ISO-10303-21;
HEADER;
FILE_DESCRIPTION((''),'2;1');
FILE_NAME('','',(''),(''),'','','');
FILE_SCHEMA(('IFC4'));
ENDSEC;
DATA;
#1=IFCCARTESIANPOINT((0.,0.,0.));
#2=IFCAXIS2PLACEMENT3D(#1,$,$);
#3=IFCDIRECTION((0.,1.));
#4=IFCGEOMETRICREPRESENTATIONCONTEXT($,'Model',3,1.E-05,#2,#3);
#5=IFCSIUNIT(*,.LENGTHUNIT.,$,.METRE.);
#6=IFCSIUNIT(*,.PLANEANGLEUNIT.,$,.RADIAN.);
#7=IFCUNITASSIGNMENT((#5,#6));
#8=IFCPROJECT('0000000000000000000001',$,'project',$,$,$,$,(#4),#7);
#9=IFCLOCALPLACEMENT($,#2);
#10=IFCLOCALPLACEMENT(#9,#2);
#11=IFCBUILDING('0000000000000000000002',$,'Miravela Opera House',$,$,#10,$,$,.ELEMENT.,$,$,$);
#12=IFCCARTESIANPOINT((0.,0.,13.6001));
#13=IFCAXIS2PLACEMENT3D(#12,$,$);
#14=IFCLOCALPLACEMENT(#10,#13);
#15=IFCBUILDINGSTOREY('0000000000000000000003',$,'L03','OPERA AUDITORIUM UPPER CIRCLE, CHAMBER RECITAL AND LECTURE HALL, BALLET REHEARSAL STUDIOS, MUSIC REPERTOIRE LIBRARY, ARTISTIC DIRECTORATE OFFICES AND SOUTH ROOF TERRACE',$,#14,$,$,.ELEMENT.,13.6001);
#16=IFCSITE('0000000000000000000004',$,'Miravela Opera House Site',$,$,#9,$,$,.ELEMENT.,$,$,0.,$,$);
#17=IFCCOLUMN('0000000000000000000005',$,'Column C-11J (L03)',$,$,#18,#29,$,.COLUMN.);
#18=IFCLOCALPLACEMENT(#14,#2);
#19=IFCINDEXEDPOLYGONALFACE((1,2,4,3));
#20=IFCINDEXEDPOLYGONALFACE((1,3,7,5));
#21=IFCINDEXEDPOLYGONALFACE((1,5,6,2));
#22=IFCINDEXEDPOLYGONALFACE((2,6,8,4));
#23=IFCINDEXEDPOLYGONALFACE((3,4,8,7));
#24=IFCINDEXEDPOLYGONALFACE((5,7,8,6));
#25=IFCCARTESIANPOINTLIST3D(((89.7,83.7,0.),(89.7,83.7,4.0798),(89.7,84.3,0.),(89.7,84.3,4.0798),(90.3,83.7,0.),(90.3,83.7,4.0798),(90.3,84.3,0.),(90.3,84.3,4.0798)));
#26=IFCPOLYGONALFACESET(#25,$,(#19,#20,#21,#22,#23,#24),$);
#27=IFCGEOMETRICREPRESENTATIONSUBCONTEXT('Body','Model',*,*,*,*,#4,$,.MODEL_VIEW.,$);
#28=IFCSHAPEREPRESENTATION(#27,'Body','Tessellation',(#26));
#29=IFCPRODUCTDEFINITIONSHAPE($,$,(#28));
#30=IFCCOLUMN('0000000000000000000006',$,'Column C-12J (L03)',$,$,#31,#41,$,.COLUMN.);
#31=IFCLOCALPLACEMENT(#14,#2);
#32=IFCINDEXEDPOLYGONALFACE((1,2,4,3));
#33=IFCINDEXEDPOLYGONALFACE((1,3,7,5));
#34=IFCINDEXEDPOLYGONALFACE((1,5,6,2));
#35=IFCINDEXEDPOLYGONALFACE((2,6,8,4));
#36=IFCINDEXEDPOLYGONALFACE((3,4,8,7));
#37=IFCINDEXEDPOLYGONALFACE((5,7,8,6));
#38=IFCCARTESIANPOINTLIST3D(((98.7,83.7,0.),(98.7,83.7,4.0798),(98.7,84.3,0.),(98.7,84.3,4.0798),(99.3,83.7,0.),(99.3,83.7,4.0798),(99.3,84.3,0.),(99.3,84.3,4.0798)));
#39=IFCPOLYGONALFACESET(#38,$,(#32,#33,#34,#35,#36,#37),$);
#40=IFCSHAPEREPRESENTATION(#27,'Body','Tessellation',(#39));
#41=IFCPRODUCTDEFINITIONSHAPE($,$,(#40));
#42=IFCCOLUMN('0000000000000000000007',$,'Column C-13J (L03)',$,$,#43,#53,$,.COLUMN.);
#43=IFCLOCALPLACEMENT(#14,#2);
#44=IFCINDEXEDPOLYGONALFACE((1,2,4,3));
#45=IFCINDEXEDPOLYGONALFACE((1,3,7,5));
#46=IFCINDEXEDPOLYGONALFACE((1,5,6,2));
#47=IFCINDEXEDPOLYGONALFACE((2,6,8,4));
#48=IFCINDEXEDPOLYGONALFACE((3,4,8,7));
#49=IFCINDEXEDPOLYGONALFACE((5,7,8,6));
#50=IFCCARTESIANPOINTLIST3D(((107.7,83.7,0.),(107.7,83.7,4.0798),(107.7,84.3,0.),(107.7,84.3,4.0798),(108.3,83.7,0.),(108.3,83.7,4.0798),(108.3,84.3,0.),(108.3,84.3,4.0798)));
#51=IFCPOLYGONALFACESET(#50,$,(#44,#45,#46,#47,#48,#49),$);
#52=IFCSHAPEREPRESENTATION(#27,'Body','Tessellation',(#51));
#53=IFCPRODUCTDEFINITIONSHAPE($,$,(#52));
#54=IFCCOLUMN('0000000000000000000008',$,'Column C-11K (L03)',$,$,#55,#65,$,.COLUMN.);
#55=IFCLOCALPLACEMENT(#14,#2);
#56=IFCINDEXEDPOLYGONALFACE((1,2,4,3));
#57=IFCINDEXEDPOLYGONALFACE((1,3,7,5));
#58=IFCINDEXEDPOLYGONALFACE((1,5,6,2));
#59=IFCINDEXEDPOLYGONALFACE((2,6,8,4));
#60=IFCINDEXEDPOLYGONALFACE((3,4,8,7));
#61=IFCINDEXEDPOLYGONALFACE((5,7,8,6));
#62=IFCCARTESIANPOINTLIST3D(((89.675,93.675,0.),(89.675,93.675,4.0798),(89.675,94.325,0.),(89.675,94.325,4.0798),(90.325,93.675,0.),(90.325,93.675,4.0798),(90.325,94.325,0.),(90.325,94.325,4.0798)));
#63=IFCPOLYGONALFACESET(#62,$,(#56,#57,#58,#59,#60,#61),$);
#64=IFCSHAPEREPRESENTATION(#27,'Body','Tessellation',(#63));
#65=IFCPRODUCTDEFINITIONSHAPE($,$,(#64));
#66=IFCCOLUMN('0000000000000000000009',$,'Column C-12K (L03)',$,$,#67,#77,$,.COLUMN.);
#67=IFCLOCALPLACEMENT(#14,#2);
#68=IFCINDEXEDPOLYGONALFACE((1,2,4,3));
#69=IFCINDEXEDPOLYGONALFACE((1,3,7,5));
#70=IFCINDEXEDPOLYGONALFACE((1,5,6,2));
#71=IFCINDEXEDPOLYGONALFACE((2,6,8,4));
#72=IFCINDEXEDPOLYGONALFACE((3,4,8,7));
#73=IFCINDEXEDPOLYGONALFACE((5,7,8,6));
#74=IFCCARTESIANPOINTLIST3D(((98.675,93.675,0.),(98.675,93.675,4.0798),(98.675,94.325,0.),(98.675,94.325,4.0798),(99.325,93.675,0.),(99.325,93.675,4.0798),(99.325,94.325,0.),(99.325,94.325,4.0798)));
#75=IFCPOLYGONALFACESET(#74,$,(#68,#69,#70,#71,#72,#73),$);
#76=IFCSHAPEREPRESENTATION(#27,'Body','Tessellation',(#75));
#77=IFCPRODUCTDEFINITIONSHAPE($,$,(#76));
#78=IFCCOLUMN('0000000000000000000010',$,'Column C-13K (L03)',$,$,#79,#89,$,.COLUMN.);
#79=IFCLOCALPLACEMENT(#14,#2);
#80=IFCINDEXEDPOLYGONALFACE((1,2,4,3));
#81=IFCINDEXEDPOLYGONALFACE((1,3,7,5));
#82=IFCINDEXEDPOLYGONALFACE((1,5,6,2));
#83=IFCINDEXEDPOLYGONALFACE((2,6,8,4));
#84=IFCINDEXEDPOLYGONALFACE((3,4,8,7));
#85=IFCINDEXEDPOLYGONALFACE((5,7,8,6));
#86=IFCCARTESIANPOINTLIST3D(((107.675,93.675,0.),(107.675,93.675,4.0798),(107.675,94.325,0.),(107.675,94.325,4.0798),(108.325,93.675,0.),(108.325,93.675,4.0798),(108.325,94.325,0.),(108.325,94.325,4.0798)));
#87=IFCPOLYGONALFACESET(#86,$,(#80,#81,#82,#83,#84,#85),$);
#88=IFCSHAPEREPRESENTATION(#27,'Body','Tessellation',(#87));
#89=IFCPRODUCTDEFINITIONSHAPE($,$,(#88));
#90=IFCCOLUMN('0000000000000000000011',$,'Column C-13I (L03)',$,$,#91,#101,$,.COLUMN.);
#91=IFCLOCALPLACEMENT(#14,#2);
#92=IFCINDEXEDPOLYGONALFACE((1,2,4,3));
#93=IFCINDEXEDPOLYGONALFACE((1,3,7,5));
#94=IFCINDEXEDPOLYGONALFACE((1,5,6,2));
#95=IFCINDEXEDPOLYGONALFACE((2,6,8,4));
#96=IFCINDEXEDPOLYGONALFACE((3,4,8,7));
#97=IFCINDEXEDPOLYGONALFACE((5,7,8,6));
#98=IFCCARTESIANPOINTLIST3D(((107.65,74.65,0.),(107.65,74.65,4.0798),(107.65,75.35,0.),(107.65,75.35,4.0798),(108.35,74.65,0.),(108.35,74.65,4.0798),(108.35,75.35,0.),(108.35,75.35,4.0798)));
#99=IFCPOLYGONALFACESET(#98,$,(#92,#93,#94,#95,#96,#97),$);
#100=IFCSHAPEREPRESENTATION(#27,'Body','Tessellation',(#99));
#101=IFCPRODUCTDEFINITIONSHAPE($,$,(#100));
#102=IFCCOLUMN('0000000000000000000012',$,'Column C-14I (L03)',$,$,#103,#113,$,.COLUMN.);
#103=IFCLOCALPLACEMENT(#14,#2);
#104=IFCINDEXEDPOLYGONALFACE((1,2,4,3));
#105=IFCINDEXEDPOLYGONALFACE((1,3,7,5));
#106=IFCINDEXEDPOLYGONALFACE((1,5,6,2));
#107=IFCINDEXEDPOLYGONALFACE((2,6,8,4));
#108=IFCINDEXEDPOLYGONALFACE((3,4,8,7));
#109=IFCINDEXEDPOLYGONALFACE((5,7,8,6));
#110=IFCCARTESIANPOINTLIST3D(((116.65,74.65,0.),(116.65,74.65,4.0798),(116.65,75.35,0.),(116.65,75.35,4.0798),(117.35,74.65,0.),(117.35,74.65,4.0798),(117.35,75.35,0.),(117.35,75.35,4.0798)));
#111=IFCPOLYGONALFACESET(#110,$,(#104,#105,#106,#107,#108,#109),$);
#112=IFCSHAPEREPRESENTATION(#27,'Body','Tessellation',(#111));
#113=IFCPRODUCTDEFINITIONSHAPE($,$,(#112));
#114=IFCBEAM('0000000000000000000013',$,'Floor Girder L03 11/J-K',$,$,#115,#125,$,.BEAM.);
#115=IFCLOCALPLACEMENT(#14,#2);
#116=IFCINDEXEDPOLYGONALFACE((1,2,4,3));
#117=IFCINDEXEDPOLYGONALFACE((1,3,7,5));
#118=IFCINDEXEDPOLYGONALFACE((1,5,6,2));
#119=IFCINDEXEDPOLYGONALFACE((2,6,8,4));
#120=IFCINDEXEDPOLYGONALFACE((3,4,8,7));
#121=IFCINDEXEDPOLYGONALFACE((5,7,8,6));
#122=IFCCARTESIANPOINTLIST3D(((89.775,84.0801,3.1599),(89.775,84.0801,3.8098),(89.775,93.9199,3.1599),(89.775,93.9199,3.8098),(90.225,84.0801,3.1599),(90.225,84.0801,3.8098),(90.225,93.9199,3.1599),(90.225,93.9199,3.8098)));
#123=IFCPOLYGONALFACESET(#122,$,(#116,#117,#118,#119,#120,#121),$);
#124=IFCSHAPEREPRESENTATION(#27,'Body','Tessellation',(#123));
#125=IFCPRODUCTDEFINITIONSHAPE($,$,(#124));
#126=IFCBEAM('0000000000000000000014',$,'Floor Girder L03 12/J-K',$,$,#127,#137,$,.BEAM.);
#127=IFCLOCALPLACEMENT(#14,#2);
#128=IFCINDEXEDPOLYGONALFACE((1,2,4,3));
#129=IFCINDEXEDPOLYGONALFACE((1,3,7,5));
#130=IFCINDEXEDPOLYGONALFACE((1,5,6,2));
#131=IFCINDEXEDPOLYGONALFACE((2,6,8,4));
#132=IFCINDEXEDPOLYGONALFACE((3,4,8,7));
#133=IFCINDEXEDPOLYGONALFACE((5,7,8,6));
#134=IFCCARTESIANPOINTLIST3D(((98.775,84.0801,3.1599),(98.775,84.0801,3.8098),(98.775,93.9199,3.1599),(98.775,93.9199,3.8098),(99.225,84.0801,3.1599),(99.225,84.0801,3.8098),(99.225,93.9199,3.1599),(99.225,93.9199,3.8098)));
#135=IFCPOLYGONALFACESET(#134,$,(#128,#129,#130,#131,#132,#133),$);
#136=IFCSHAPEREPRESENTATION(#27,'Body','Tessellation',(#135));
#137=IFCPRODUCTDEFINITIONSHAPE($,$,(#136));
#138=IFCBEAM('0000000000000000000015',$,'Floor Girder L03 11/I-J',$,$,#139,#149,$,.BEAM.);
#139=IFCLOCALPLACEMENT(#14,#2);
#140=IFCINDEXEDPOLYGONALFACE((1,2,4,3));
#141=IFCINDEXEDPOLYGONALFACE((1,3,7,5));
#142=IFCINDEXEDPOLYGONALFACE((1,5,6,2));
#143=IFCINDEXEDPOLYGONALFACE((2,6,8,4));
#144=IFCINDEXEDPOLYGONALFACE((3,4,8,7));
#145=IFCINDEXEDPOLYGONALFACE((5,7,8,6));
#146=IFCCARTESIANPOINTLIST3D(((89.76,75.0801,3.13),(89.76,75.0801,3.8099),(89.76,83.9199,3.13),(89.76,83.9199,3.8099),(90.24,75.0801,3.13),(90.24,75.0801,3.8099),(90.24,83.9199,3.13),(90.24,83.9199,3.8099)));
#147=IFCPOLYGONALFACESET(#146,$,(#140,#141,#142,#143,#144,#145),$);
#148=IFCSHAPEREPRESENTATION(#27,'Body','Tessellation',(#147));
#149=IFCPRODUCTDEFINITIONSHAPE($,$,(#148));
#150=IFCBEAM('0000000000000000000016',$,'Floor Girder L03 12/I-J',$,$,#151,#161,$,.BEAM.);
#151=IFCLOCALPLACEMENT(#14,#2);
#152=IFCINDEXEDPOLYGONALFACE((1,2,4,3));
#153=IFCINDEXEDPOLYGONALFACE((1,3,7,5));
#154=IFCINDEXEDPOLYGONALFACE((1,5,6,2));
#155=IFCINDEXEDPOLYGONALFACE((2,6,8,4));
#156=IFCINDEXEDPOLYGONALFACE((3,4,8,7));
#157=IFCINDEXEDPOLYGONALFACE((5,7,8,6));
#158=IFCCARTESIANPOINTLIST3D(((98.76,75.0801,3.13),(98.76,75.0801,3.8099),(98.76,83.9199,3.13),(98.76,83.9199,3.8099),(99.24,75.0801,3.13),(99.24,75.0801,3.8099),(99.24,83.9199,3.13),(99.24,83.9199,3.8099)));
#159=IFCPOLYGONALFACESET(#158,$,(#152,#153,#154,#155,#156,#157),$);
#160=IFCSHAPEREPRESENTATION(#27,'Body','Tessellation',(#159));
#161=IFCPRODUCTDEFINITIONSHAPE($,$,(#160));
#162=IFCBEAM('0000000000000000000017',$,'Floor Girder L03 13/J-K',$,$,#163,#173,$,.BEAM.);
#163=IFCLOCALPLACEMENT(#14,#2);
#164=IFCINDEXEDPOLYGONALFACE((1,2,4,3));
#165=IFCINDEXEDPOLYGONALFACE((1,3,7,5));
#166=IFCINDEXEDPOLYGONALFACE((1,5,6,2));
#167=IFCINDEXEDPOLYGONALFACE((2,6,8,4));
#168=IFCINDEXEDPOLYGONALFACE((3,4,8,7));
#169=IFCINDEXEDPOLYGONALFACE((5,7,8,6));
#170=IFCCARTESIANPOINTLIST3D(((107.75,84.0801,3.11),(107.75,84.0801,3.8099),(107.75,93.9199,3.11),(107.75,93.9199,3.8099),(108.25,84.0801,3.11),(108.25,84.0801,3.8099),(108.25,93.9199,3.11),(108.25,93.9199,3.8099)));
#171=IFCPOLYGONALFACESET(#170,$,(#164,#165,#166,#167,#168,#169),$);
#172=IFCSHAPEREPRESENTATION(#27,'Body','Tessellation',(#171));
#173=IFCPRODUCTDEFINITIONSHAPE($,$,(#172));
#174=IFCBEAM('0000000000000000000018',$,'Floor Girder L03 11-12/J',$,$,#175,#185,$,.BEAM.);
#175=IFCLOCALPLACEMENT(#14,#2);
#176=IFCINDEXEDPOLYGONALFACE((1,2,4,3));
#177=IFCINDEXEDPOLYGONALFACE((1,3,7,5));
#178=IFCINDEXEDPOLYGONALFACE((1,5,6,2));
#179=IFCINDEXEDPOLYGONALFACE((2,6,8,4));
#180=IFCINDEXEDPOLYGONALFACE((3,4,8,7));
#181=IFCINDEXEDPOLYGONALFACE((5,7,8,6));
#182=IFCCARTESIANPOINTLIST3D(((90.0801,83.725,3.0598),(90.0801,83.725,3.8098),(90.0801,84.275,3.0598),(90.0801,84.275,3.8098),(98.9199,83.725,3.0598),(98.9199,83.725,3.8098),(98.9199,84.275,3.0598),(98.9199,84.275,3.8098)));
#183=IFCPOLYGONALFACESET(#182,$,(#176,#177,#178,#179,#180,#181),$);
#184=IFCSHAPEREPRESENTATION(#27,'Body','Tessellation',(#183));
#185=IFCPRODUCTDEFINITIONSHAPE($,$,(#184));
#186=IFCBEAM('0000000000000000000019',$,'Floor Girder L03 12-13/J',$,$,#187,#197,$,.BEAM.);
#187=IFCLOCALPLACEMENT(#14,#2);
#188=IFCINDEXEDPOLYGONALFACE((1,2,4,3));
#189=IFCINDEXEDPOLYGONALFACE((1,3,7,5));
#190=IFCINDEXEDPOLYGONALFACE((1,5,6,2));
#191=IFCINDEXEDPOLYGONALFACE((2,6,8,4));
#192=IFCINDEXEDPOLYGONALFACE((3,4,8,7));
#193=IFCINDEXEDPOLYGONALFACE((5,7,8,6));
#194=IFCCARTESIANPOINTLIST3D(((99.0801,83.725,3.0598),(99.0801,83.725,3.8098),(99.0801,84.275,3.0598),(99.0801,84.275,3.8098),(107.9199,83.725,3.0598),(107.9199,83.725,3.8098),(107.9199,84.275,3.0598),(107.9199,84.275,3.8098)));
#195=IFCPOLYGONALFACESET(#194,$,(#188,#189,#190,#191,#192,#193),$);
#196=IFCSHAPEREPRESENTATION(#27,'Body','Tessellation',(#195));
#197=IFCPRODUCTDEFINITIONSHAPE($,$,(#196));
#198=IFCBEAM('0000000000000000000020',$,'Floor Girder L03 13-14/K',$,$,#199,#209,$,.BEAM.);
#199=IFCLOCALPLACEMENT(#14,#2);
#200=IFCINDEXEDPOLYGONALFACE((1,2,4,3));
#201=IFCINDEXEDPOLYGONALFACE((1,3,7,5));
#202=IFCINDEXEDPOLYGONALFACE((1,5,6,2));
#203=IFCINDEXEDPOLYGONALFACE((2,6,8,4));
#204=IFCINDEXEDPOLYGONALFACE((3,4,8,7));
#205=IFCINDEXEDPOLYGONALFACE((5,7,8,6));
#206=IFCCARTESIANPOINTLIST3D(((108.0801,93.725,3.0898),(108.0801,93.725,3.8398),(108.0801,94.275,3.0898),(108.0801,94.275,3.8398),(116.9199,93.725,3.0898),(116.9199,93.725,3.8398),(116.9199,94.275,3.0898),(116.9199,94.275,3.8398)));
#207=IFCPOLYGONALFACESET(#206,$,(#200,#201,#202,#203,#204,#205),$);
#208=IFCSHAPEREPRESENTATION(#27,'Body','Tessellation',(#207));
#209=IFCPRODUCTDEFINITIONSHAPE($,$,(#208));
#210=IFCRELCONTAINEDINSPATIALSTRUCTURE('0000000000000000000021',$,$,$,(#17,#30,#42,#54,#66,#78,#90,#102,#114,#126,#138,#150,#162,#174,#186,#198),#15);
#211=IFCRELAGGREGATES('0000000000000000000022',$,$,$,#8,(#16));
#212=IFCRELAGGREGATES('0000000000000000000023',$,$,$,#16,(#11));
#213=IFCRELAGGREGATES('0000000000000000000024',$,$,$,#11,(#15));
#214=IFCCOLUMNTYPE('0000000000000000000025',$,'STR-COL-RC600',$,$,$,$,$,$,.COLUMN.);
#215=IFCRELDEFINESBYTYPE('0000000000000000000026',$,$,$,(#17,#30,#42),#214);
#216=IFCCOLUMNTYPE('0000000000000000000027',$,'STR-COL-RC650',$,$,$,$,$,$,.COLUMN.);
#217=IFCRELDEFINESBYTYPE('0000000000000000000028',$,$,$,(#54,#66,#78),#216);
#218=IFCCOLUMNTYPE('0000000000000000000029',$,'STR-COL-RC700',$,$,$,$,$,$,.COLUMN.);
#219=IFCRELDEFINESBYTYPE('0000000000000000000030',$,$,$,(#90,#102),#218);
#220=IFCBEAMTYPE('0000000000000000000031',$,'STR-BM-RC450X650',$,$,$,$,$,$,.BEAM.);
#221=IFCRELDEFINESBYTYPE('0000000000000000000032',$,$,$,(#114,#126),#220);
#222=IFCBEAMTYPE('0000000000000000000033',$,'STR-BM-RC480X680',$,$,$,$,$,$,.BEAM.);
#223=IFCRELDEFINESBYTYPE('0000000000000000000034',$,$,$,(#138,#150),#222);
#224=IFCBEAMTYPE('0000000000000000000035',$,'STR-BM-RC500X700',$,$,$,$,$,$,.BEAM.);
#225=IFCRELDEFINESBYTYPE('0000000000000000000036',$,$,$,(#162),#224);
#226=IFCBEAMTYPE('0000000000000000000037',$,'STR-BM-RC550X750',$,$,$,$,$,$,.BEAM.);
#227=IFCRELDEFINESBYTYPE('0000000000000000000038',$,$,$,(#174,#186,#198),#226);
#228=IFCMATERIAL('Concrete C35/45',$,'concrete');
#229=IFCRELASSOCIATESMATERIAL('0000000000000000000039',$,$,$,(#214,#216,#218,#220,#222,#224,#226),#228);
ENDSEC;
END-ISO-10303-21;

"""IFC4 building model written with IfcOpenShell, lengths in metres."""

from ifc_helpers import new_model, si_unit, direction, frame, origin, origin_2d, place, context, subcontext, project, spatial, rectangle, extrude, material, material_profile, profile_set, type_object, element, save


model = new_model("IFC4")

# Units and contexts
model_context = context("Model", 3, precision=1e-05, world=origin(), true_north=direction((0.0, 1.0)))
body_context = subcontext(model_context, "Body", "Model", "MODEL_VIEW")
ifc_project = project(units=[si_unit("LENGTHUNIT", "METRE"), si_unit("PLANEANGLEUNIT", "RADIAN")], contexts=[model_context])

# Site, building, storey
site_placement = place(None, origin())
site = spatial("IfcSite", under=ifc_project, at=site_placement, Name="Miravela Opera House Site", CompositionType="ELEMENT", RefElevation=0.0)
building_placement = place(site_placement, origin())
building = spatial("IfcBuilding", under=site, at=building_placement, Name="Miravela Opera House", CompositionType="ELEMENT")
storey_placement = place(building_placement, frame((0.0, 0.0, 13.6001)))
storey = spatial("IfcBuildingStorey", under=building, at=storey_placement, Name="L03", Description="OPERA AUDITORIUM UPPER CIRCLE, CHAMBER RECITAL AND LECTURE HALL, BALLET REHEARSAL STUDIOS, MUSIC REPERTOIRE LIBRARY, ARTISTIC DIRECTORATE OFFICES AND SOUTH ROOF TERRACE", CompositionType="ELEMENT", Elevation=13.6001)

# Columns
ifc_material_1 = material(Name="Concrete C35/45", Category="concrete")
ifc_material_profile_1 = material_profile(ifc_material_1, rectangle(XDim=0.6001, YDim=0.6001, at=origin_2d()), Name="RC-COL-600X600")
ifc_profile_set_1 = profile_set([ifc_material_profile_1])
column_type_1 = type_object("IfcColumnType", Name="STR-COL-RC600", PredefinedType="COLUMN", material=ifc_profile_set_1)
for number, where, z_axis, x_axis, name in (
    (1, (90.0, 84.0, 0.0), (0.0, 0.0, 1.0), (1.0, 0.0, 0.0), "Column C-11J (L03)"),
    (2, (99.0, 84.0, 0.0), (0.0, 0.0, 1.0), (1.0, 0.0, 0.0), "Column C-12J (L03)"),
    (3, (108.0, 84.0, 0.0), (0.0, 0.0, 1.0), (1.0, 0.0, 0.0), "Column C-13J (L03)"),
):
    element("IfcColumn", number, at=place(storey_placement, frame(where, z_axis=z_axis, x_axis=x_axis)), inside=storey, type_object=column_type_1, Name=name, PredefinedType="COLUMN", context=body_context, shape_type="SweptSolid", body=[
        extrude(rectangle(XDim=0.6001, YDim=0.6001, at=origin_2d()), origin(), (0.0, 0.0, 1.0), 4.0798),
    ])
ifc_material_profile_2 = material_profile(ifc_material_1, rectangle(XDim=0.6499, YDim=0.6499, at=origin_2d()), Name="RC-COL-650X650")
ifc_profile_set_2 = profile_set([ifc_material_profile_2])
column_type_2 = type_object("IfcColumnType", Name="STR-COL-RC650", PredefinedType="COLUMN", material=ifc_profile_set_2)
for number, where, z_axis, x_axis, name in (
    (4, (90.0, 94.0, 0.0), (0.0, 0.0, 1.0), (1.0, 0.0, 0.0), "Column C-11K (L03)"),
    (5, (99.0, 94.0, 0.0), (0.0, 0.0, 1.0), (1.0, 0.0, 0.0), "Column C-12K (L03)"),
    (6, (108.0, 94.0, 0.0), (0.0, 0.0, 1.0), (1.0, 0.0, 0.0), "Column C-13K (L03)"),
):
    element("IfcColumn", number, at=place(storey_placement, frame(where, z_axis=z_axis, x_axis=x_axis)), inside=storey, type_object=column_type_2, Name=name, PredefinedType="COLUMN", context=body_context, shape_type="SweptSolid", body=[
        extrude(rectangle(XDim=0.6499, YDim=0.6499, at=origin_2d()), origin(), (0.0, 0.0, 1.0), 4.0798),
    ])
ifc_material_profile_3 = material_profile(ifc_material_1, rectangle(XDim=0.7, YDim=0.7, at=origin_2d()), Name="RC-COL-700X700")
ifc_profile_set_3 = profile_set([ifc_material_profile_3])
column_type_3 = type_object("IfcColumnType", Name="STR-COL-RC700", PredefinedType="COLUMN", material=ifc_profile_set_3)
for number, where, z_axis, x_axis, name in (
    (7, (108.0, 75.0, 0.0), (0.0, 0.0, 1.0), (1.0, 0.0, 0.0), "Column C-13I (L03)"),
    (8, (117.0, 75.0, 0.0), (0.0, 0.0, 1.0), (1.0, 0.0, 0.0), "Column C-14I (L03)"),
):
    element("IfcColumn", number, at=place(storey_placement, frame(where, z_axis=z_axis, x_axis=x_axis)), inside=storey, type_object=column_type_3, Name=name, PredefinedType="COLUMN", context=body_context, shape_type="SweptSolid", body=[
        extrude(rectangle(XDim=0.7, YDim=0.7, at=origin_2d()), origin(), (0.0, 0.0, 1.0), 4.0798),
    ])

# Beams
ifc_material_profile_4 = material_profile(ifc_material_1, rectangle(XDim=0.45, YDim=0.6499, at=origin_2d()), Name="RC-BM-450X650")
ifc_profile_set_4 = profile_set([ifc_material_profile_4])
beam_type_1 = type_object("IfcBeamType", Name="STR-BM-RC450X650", PredefinedType="BEAM", material=ifc_profile_set_4)
for number, where, z_axis, x_axis, name in (
    (9, (90.0, 84.0801, 3.4849), (0.0, 1.0, 0.0), (-1.0, 0.0, 0.0), "Floor Girder L03 11/J-K"),
    (10, (99.0, 84.0801, 3.4849), (0.0, 1.0, 0.0), (-1.0, 0.0, 0.0), "Floor Girder L03 12/J-K"),
):
    element("IfcBeam", number, at=place(storey_placement, frame(where, z_axis=z_axis, x_axis=x_axis)), inside=storey, type_object=beam_type_1, Name=name, PredefinedType="BEAM", context=body_context, shape_type="SweptSolid", body=[
        extrude(rectangle(XDim=0.45, YDim=0.6499, at=origin_2d()), origin(), (0.0, 0.0, 1.0), 9.8398),
    ])
ifc_material_profile_5 = material_profile(ifc_material_1, rectangle(XDim=0.48, YDim=0.6799, at=origin_2d()), Name="RC-BM-480X680")
ifc_profile_set_5 = profile_set([ifc_material_profile_5])
beam_type_2 = type_object("IfcBeamType", Name="STR-BM-RC480X680", PredefinedType="BEAM", material=ifc_profile_set_5)
for number, where, z_axis, x_axis, name in (
    (11, (90.0, 75.0801, 3.47), (0.0, 1.0, 0.0), (-1.0, 0.0, 0.0), "Floor Girder L03 11/I-J"),
    (12, (99.0, 75.0801, 3.47), (0.0, 1.0, 0.0), (-1.0, 0.0, 0.0), "Floor Girder L03 12/I-J"),
):
    element("IfcBeam", number, at=place(storey_placement, frame(where, z_axis=z_axis, x_axis=x_axis)), inside=storey, type_object=beam_type_2, Name=name, PredefinedType="BEAM", context=body_context, shape_type="SweptSolid", body=[
        extrude(rectangle(XDim=0.48, YDim=0.6799, at=origin_2d()), origin(), (0.0, 0.0, 1.0), 8.8398),
    ])
ifc_material_profile_6 = material_profile(ifc_material_1, rectangle(XDim=0.5, YDim=0.7, at=origin_2d()), Name="RC-BM-500X700")
ifc_profile_set_6 = profile_set([ifc_material_profile_6])
beam_type_3 = type_object("IfcBeamType", Name="STR-BM-RC500X700", PredefinedType="BEAM", material=ifc_profile_set_6)
beam_1_placement = place(storey_placement, frame((108.0, 84.0801, 3.46), z_axis=(0.0, 1.0, 0.0), x_axis=(-1.0, 0.0, 0.0)))
element("IfcBeam", 13, at=beam_1_placement, inside=storey, type_object=beam_type_3, Name="Floor Girder L03 13/J-K", PredefinedType="BEAM", context=body_context, shape_type="SweptSolid", body=[
    extrude(rectangle(XDim=0.5, YDim=0.7, at=origin_2d()), origin(), (0.0, 0.0, 1.0), 9.8398),
])
ifc_material_profile_7 = material_profile(ifc_material_1, rectangle(XDim=0.55, YDim=0.75, at=origin_2d()), Name="RC-BM-550X750")
ifc_profile_set_7 = profile_set([ifc_material_profile_7])
beam_type_4 = type_object("IfcBeamType", Name="STR-BM-RC550X750", PredefinedType="BEAM", material=ifc_profile_set_7)
for number, where, z_axis, x_axis, name in (
    (14, (90.0801, 84.0, 3.4348), (1.0, 0.0, 0.0), (0.0, 1.0, 0.0), "Floor Girder L03 11-12/J"),
    (15, (99.0801, 84.0, 3.4348), (1.0, 0.0, 0.0), (0.0, 1.0, 0.0), "Floor Girder L03 12-13/J"),
    (16, (108.0801, 94.0, 3.4648), (1.0, 0.0, 0.0), (0.0, 1.0, 0.0), "Floor Girder L03 13-14/K"),
):
    element("IfcBeam", number, at=place(storey_placement, frame(where, z_axis=z_axis, x_axis=x_axis)), inside=storey, type_object=beam_type_4, Name=name, PredefinedType="BEAM", context=body_context, shape_type="SweptSolid", body=[
        extrude(rectangle(XDim=0.55, YDim=0.75, at=origin_2d()), origin(), (0.0, 0.0, 1.0), 8.8398),
    ])

save(model, "model.ifc")
